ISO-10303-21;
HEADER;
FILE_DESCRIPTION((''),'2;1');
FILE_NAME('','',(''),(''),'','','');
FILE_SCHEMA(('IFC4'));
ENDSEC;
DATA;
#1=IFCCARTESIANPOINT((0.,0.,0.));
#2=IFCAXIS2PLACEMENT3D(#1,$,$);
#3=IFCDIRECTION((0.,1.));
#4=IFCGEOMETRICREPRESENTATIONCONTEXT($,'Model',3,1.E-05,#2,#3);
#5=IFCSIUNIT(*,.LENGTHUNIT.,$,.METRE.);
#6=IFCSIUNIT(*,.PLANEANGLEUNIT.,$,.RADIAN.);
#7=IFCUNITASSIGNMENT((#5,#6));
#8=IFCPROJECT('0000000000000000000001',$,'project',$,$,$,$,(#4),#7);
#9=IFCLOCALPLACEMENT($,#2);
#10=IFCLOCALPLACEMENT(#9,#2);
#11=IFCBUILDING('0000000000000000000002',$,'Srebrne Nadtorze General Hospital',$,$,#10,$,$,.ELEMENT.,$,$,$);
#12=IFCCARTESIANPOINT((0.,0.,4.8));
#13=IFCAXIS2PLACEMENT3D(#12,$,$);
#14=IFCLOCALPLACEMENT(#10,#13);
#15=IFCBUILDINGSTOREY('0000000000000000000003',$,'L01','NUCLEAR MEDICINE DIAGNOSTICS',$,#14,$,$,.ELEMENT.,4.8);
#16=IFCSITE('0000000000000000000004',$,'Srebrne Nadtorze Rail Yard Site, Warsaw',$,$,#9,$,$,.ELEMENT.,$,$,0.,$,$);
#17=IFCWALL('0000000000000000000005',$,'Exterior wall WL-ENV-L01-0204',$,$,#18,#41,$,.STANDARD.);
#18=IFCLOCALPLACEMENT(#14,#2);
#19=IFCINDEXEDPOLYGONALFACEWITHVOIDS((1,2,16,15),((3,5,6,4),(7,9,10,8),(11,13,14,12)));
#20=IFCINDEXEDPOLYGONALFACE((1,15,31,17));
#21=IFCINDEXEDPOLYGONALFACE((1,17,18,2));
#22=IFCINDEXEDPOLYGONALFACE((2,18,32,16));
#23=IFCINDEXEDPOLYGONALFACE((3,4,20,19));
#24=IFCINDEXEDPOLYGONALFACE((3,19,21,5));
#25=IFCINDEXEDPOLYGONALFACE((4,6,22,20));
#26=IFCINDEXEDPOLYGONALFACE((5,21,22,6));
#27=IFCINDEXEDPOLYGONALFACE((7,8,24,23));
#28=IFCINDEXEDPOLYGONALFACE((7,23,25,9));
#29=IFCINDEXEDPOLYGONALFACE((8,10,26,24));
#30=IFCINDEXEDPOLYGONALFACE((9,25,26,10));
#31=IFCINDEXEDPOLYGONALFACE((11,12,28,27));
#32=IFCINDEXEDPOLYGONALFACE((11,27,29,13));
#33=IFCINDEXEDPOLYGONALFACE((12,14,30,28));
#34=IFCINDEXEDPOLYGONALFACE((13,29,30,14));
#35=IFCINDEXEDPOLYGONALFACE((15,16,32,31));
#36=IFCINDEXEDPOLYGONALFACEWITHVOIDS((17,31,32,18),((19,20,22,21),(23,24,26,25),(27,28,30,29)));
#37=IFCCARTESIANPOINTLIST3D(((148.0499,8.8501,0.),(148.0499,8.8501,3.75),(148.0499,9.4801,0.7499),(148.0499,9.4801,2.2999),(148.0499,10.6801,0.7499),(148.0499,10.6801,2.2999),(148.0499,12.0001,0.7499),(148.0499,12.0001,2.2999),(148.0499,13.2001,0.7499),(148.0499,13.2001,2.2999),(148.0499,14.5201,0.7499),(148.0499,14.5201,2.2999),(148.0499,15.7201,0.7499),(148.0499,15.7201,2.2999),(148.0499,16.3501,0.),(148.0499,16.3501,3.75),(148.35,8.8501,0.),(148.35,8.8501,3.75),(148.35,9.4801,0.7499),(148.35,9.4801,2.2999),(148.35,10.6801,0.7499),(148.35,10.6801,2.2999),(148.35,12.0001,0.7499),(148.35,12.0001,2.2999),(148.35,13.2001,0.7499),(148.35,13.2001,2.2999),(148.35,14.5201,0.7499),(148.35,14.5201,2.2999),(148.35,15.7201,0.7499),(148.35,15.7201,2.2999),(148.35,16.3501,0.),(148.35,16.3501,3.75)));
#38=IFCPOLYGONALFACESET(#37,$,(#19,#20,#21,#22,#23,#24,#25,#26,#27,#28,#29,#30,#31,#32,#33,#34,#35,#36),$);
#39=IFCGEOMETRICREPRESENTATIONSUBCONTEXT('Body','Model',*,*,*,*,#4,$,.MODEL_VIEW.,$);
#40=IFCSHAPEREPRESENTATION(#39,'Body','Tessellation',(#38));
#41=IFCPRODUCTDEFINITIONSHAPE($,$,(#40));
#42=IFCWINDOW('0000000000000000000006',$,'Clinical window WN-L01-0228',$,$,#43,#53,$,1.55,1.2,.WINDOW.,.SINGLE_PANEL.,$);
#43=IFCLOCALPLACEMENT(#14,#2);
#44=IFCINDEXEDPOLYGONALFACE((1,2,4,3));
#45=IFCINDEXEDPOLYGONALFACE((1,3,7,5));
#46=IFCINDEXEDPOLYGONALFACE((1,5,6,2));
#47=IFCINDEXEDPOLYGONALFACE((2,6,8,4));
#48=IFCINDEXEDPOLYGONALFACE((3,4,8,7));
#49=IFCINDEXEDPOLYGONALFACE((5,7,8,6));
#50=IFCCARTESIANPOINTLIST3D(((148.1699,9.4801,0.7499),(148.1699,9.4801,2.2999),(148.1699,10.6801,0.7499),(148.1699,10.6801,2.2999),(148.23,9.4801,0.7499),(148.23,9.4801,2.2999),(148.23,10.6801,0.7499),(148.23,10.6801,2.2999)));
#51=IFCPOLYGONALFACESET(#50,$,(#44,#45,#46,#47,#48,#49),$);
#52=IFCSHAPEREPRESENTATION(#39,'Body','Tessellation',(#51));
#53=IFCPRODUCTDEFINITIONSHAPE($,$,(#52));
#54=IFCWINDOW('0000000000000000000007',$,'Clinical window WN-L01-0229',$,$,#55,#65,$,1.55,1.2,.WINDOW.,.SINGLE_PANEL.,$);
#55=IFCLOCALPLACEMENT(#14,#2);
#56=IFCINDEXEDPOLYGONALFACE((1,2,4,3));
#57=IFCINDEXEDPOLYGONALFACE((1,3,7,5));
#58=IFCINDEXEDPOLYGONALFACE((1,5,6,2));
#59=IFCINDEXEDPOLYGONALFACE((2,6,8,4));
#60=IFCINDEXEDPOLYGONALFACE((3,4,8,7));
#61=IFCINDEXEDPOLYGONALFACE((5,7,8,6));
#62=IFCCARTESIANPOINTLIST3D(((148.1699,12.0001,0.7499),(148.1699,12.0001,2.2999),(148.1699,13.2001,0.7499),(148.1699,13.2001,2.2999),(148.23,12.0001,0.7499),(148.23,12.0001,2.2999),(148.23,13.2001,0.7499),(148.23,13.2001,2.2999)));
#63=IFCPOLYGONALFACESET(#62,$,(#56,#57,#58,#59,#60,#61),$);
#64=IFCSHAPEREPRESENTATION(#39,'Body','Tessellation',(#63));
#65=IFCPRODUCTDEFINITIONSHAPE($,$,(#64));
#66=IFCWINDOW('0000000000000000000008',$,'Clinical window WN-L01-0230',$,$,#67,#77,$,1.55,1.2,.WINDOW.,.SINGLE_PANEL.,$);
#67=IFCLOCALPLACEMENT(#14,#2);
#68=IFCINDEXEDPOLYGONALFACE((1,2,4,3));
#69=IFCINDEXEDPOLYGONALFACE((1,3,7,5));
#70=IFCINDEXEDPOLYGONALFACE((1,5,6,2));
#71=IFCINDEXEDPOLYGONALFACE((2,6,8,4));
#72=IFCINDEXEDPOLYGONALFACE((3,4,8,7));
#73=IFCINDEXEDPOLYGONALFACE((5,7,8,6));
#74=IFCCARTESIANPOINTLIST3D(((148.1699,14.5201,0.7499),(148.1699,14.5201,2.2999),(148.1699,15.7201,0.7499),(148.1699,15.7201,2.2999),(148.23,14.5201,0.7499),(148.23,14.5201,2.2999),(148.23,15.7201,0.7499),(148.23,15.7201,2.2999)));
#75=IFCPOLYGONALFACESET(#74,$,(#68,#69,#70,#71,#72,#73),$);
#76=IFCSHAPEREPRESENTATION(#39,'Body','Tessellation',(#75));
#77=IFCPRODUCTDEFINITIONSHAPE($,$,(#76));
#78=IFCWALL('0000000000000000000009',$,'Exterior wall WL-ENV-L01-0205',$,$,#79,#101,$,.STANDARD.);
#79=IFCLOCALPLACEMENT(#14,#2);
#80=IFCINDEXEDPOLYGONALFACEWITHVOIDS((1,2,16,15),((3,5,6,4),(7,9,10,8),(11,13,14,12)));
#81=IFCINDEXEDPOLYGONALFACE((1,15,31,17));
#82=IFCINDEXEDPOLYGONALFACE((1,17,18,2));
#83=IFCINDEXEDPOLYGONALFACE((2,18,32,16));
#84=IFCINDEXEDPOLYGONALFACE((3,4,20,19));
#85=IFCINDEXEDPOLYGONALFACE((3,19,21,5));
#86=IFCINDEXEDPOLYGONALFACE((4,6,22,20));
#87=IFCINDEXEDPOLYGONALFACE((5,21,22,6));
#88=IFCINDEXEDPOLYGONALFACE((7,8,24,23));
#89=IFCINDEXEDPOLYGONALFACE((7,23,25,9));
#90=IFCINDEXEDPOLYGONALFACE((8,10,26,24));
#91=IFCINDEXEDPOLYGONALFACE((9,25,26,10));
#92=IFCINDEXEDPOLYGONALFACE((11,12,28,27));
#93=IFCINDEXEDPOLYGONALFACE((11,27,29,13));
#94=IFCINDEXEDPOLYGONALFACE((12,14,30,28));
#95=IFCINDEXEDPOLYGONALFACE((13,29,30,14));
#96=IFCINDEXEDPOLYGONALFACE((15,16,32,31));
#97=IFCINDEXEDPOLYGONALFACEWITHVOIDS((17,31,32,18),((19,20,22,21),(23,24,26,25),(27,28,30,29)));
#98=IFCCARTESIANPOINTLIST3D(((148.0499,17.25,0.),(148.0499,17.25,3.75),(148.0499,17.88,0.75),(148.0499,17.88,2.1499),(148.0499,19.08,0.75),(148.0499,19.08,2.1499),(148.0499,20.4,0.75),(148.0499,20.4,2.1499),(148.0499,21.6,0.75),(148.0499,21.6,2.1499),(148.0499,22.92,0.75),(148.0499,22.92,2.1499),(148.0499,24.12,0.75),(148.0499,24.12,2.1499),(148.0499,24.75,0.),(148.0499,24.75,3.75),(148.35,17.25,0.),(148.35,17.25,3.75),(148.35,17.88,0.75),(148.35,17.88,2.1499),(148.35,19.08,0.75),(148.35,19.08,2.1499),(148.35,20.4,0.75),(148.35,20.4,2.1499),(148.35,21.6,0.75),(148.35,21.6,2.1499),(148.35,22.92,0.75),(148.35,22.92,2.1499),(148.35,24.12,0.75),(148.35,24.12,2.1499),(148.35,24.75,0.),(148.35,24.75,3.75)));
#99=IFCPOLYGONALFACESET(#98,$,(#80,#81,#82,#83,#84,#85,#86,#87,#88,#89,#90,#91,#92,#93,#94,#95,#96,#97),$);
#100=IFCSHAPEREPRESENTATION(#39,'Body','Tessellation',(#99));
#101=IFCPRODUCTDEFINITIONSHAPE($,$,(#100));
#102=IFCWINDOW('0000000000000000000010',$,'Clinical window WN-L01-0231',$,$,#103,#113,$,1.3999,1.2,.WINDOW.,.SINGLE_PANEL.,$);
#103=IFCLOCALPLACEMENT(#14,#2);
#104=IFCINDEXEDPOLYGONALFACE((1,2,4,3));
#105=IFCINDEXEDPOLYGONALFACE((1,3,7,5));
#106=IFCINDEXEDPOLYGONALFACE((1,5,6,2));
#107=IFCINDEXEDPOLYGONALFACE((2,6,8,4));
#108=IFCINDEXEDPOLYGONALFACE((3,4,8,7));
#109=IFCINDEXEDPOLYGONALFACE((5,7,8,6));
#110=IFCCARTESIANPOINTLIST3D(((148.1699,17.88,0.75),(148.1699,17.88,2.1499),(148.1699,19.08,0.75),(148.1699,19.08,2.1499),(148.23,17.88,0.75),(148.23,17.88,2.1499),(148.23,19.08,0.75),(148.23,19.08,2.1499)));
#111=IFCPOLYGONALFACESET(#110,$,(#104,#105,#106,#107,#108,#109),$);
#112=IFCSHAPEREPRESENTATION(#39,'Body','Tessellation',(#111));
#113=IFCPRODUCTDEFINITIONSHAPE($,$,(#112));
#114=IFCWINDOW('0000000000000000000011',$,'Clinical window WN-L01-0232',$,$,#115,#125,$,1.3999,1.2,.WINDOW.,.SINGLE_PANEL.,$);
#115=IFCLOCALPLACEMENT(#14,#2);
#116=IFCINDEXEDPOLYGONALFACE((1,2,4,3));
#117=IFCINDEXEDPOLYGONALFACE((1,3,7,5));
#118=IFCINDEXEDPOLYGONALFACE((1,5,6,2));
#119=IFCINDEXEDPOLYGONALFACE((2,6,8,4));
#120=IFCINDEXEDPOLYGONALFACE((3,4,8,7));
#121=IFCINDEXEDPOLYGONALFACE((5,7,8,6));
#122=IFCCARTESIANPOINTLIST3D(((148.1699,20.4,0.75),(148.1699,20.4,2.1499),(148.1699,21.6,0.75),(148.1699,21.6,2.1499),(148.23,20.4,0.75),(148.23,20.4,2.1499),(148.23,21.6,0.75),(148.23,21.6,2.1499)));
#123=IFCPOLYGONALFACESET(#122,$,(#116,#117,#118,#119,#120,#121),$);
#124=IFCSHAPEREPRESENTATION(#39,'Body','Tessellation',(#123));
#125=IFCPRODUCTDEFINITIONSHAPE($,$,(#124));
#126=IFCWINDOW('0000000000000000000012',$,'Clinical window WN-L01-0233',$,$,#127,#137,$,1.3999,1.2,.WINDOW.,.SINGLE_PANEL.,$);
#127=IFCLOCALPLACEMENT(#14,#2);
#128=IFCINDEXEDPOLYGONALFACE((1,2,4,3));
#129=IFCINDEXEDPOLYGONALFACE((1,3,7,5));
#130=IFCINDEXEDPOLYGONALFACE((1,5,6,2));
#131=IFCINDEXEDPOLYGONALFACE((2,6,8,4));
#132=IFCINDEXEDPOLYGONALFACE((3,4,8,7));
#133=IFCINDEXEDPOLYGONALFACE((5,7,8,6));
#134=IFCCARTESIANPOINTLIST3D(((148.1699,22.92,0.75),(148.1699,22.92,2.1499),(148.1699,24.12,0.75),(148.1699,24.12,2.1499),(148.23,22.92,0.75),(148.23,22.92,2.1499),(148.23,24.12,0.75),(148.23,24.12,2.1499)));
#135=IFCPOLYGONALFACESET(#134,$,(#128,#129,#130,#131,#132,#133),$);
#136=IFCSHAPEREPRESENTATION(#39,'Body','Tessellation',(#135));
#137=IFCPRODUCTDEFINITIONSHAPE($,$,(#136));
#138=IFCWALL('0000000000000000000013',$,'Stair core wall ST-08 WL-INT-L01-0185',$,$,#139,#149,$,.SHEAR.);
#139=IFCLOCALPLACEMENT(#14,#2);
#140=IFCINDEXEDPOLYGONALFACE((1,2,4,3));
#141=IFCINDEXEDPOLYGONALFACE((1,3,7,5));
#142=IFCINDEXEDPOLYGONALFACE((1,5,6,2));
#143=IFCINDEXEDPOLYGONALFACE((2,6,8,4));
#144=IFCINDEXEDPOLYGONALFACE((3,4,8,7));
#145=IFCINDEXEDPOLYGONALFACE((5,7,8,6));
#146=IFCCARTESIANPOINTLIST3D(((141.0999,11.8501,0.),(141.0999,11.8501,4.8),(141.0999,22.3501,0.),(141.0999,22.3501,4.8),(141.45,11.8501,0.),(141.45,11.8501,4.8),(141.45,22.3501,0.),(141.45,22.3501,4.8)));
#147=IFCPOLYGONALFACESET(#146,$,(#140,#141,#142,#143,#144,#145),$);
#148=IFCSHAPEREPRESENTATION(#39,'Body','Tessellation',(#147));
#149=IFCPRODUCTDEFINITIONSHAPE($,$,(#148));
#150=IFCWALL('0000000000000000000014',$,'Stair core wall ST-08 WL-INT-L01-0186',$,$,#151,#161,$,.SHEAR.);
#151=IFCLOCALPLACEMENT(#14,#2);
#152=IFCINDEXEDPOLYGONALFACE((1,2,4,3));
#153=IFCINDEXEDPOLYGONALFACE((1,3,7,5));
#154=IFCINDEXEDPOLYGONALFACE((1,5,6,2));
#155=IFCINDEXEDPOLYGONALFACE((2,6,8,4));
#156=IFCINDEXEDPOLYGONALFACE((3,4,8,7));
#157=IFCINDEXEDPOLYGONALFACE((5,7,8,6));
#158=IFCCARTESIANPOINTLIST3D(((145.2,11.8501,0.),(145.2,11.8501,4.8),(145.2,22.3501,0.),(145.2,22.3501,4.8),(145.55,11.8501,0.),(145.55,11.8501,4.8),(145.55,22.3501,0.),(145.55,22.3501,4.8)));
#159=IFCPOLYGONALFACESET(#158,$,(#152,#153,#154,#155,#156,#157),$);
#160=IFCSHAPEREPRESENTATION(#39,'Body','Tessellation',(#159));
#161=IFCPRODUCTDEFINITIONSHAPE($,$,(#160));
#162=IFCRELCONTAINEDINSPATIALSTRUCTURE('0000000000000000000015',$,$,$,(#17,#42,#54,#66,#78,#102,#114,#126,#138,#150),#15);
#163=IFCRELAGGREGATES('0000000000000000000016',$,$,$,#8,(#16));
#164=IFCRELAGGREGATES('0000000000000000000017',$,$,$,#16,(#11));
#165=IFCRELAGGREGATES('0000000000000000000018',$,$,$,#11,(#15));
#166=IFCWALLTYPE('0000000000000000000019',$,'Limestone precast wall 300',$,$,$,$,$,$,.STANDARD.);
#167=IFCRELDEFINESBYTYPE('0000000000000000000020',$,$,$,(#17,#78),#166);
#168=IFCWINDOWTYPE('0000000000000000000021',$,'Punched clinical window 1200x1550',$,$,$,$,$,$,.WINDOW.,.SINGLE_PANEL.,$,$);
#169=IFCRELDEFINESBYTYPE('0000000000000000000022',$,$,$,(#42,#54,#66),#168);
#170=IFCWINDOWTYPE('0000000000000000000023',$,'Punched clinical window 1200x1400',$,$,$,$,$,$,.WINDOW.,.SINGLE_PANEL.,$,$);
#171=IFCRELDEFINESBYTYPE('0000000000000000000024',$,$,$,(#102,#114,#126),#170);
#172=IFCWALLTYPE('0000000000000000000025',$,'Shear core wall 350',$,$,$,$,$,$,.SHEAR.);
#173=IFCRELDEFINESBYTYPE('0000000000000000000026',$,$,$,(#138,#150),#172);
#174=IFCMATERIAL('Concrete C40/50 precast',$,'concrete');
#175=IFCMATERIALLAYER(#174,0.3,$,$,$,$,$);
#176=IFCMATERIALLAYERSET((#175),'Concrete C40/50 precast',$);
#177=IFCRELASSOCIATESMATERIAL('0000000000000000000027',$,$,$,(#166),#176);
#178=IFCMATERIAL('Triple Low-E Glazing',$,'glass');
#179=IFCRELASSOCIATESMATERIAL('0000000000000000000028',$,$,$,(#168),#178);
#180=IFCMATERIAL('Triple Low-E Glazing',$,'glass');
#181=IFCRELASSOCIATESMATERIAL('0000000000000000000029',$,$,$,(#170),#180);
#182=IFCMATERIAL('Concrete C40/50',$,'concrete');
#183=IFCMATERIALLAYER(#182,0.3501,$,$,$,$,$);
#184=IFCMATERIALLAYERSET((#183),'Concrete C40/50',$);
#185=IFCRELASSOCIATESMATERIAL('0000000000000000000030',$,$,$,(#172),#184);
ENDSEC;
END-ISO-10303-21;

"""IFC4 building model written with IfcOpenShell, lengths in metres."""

from ifc_helpers import new_model, si_unit, direction, frame, frame_2d, origin, place, context, subcontext, project, spatial, rectangle, extrude, material, layer, layer_set, type_object, element, fill, save


model = new_model("IFC4")

# Units and contexts
model_context = context("Model", 3, precision=1e-05, world=origin(), true_north=direction((0.0, 1.0)))
body_context = subcontext(model_context, "Body", "Model", "MODEL_VIEW")
ifc_project = project(units=[si_unit("LENGTHUNIT", "METRE"), si_unit("PLANEANGLEUNIT", "RADIAN")], contexts=[model_context])

# Site, building, storey
site_placement = place(None, origin())
site = spatial("IfcSite", under=ifc_project, at=site_placement, Name="Srebrne Nadtorze Rail Yard Site, Warsaw", CompositionType="ELEMENT", RefElevation=0.0)
building_placement = place(site_placement, origin())
building = spatial("IfcBuilding", under=site, at=building_placement, Name="Srebrne Nadtorze General Hospital", CompositionType="ELEMENT")
storey_placement = place(building_placement, frame((0.0, 0.0, 4.8)))
storey = spatial("IfcBuildingStorey", under=building, at=storey_placement, Name="L01", Description="NUCLEAR MEDICINE DIAGNOSTICS", CompositionType="ELEMENT", Elevation=4.8)

# Walls, openings, windows
ifc_material_1 = material(Name="Concrete C40/50 precast", Category="concrete")
ifc_layer_1 = layer(ifc_material_1, 0.3)
ifc_layer_set_1 = layer_set([ifc_layer_1], Name="Concrete C40/50 precast")
wall_type_1 = type_object("IfcWallType", Name="Limestone precast wall 300", PredefinedType="STANDARD", material=ifc_layer_set_1)
wall_1_placement = place(storey_placement, frame((148.2, 8.8501, 0.0), z_axis=(0.0, 0.0, 1.0), x_axis=(0.0, 1.0, 0.0)))
wall_1 = element("IfcWall", 1, at=wall_1_placement, inside=storey, type_object=wall_type_1, Name="Exterior wall WL-ENV-L01-0204", PredefinedType="STANDARD", context=body_context, shape_type="SweptSolid", body=[
    extrude(rectangle(XDim=7.5, YDim=0.3, at=frame_2d((3.75, 0.0))), origin(), (0.0, 0.0, 1.0), 3.75),
])
opening_1_placement = place(wall_1_placement, frame((0.6299, 0.0, 0.75)))
opening_1 = element("IfcOpeningElement", 2, at=opening_1_placement, cuts=wall_1, PredefinedType="OPENING", context=body_context, shape_type="SweptSolid", body=[
    extrude(rectangle(XDim=1.2, YDim=1.55, at=frame_2d((0.6001, 0.7749))), frame((0.0, 0.1621, 0.0), z_axis=(0.0, -1.0, 0.0), x_axis=(1.0, 0.0, 0.0)), (0.0, 0.0, 1.0), 0.324),
])
opening_2_placement = place(wall_1_placement, frame((3.1499, 0.0, 0.75)))
opening_2 = element("IfcOpeningElement", 3, at=opening_2_placement, cuts=wall_1, PredefinedType="OPENING", context=body_context, shape_type="SweptSolid", body=[
    extrude(rectangle(XDim=1.2, YDim=1.55, at=frame_2d((0.6001, 0.7749))), frame((0.0, 0.1621, 0.0), z_axis=(0.0, -1.0, 0.0), x_axis=(1.0, 0.0, 0.0)), (0.0, 0.0, 1.0), 0.324),
])
opening_3_placement = place(wall_1_placement, frame((5.6699, 0.0, 0.75)))
opening_3 = element("IfcOpeningElement", 4, at=opening_3_placement, cuts=wall_1, PredefinedType="OPENING", context=body_context, shape_type="SweptSolid", body=[
    extrude(rectangle(XDim=1.2, YDim=1.55, at=frame_2d((0.6001, 0.7749))), frame((0.0, 0.1621, 0.0), z_axis=(0.0, -1.0, 0.0), x_axis=(1.0, 0.0, 0.0)), (0.0, 0.0, 1.0), 0.324),
])
ifc_material_2 = material(Name="Triple Low-E Glazing", Category="glass")
window_type_1 = type_object("IfcWindowType", Name="Punched clinical window 1200x1550", PartitioningType="SINGLE_PANEL", PredefinedType="WINDOW", material=ifc_material_2)
window_1_placement = place(opening_1_placement, origin())
window_1 = element("IfcWindow", 5, at=window_1_placement, inside=storey, type_object=window_type_1, Name="Clinical window WN-L01-0228", OverallHeight=1.55, OverallWidth=1.2, PartitioningType="SINGLE_PANEL", PredefinedType="WINDOW", context=body_context, shape_type="SweptSolid", body=[
    extrude(rectangle(XDim=1.2, YDim=1.55, at=frame_2d((0.6001, 0.7749))), frame((0.0, 0.03, 0.0), z_axis=(0.0, -1.0, 0.0), x_axis=(1.0, 0.0, 0.0)), (0.0, 0.0, 1.0), 0.0601),
])
fill(opening_1, window_1)
window_2_placement = place(opening_2_placement, origin())
window_2 = element("IfcWindow", 6, at=window_2_placement, inside=storey, type_object=window_type_1, Name="Clinical window WN-L01-0229", OverallHeight=1.55, OverallWidth=1.2, PartitioningType="SINGLE_PANEL", PredefinedType="WINDOW", context=body_context, shape_type="SweptSolid", body=[
    extrude(rectangle(XDim=1.2, YDim=1.55, at=frame_2d((0.6001, 0.7749))), frame((0.0, 0.03, 0.0), z_axis=(0.0, -1.0, 0.0), x_axis=(1.0, 0.0, 0.0)), (0.0, 0.0, 1.0), 0.0601),
])
fill(opening_2, window_2)
window_3_placement = place(opening_3_placement, origin())
window_3 = element("IfcWindow", 7, at=window_3_placement, inside=storey, type_object=window_type_1, Name="Clinical window WN-L01-0230", OverallHeight=1.55, OverallWidth=1.2, PartitioningType="SINGLE_PANEL", PredefinedType="WINDOW", context=body_context, shape_type="SweptSolid", body=[
    extrude(rectangle(XDim=1.2, YDim=1.55, at=frame_2d((0.6001, 0.7749))), frame((0.0, 0.03, 0.0), z_axis=(0.0, -1.0, 0.0), x_axis=(1.0, 0.0, 0.0)), (0.0, 0.0, 1.0), 0.0601),
])
fill(opening_3, window_3)
wall_2_placement = place(storey_placement, frame((148.2, 17.25, 0.0), z_axis=(0.0, 0.0, 1.0), x_axis=(0.0, 1.0, 0.0)))
wall_2 = element("IfcWall", 8, at=wall_2_placement, inside=storey, type_object=wall_type_1, Name="Exterior wall WL-ENV-L01-0205", PredefinedType="STANDARD", context=body_context, shape_type="SweptSolid", body=[
    extrude(rectangle(XDim=7.5, YDim=0.3, at=frame_2d((3.75, 0.0))), origin(), (0.0, 0.0, 1.0), 3.75),
])
opening_4_placement = place(wall_2_placement, frame((0.6299, 0.0, 0.75)))
opening_4 = element("IfcOpeningElement", 9, at=opening_4_placement, cuts=wall_2, PredefinedType="OPENING", context=body_context, shape_type="SweptSolid", body=[
    extrude(rectangle(XDim=1.2, YDim=1.3999, at=frame_2d((0.6001, 0.7))), frame((0.0, 0.1621, 0.0), z_axis=(0.0, -1.0, 0.0), x_axis=(1.0, 0.0, 0.0)), (0.0, 0.0, 1.0), 0.324),
])
opening_5_placement = place(wall_2_placement, frame((3.1499, 0.0, 0.75)))
opening_5 = element("IfcOpeningElement", 10, at=opening_5_placement, cuts=wall_2, PredefinedType="OPENING", context=body_context, shape_type="SweptSolid", body=[
    extrude(rectangle(XDim=1.2, YDim=1.3999, at=frame_2d((0.6001, 0.7))), frame((0.0, 0.1621, 0.0), z_axis=(0.0, -1.0, 0.0), x_axis=(1.0, 0.0, 0.0)), (0.0, 0.0, 1.0), 0.324),
])
opening_6_placement = place(wall_2_placement, frame((5.6699, 0.0, 0.75)))
opening_6 = element("IfcOpeningElement", 11, at=opening_6_placement, cuts=wall_2, PredefinedType="OPENING", context=body_context, shape_type="SweptSolid", body=[
    extrude(rectangle(XDim=1.2, YDim=1.3999, at=frame_2d((0.6001, 0.7))), frame((0.0, 0.1621, 0.0), z_axis=(0.0, -1.0, 0.0), x_axis=(1.0, 0.0, 0.0)), (0.0, 0.0, 1.0), 0.324),
])
ifc_material_3 = material(Name="Triple Low-E Glazing", Category="glass")
window_type_2 = type_object("IfcWindowType", Name="Punched clinical window 1200x1400", PartitioningType="SINGLE_PANEL", PredefinedType="WINDOW", material=ifc_material_3)
window_4_placement = place(opening_4_placement, origin())
window_4 = element("IfcWindow", 12, at=window_4_placement, inside=storey, type_object=window_type_2, Name="Clinical window WN-L01-0231", OverallHeight=1.3999, OverallWidth=1.2, PartitioningType="SINGLE_PANEL", PredefinedType="WINDOW", context=body_context, shape_type="SweptSolid", body=[
    extrude(rectangle(XDim=1.2, YDim=1.3999, at=frame_2d((0.6001, 0.7))), frame((0.0, 0.03, 0.0), z_axis=(0.0, -1.0, 0.0), x_axis=(1.0, 0.0, 0.0)), (0.0, 0.0, 1.0), 0.0601),
])
fill(opening_4, window_4)
window_5_placement = place(opening_5_placement, origin())
window_5 = element("IfcWindow", 13, at=window_5_placement, inside=storey, type_object=window_type_2, Name="Clinical window WN-L01-0232", OverallHeight=1.3999, OverallWidth=1.2, PartitioningType="SINGLE_PANEL", PredefinedType="WINDOW", context=body_context, shape_type="SweptSolid", body=[
    extrude(rectangle(XDim=1.2, YDim=1.3999, at=frame_2d((0.6001, 0.7))), frame((0.0, 0.03, 0.0), z_axis=(0.0, -1.0, 0.0), x_axis=(1.0, 0.0, 0.0)), (0.0, 0.0, 1.0), 0.0601),
])
fill(opening_5, window_5)
window_6_placement = place(opening_6_placement, origin())
window_6 = element("IfcWindow", 14, at=window_6_placement, inside=storey, type_object=window_type_2, Name="Clinical window WN-L01-0233", OverallHeight=1.3999, OverallWidth=1.2, PartitioningType="SINGLE_PANEL", PredefinedType="WINDOW", context=body_context, shape_type="SweptSolid", body=[
    extrude(rectangle(XDim=1.2, YDim=1.3999, at=frame_2d((0.6001, 0.7))), frame((0.0, 0.03, 0.0), z_axis=(0.0, -1.0, 0.0), x_axis=(1.0, 0.0, 0.0)), (0.0, 0.0, 1.0), 0.0601),
])
fill(opening_6, window_6)

# Walls
ifc_material_4 = material(Name="Concrete C40/50", Category="concrete")
ifc_layer_2 = layer(ifc_material_4, 0.3501)
ifc_layer_set_2 = layer_set([ifc_layer_2], Name="Concrete C40/50")
wall_type_2 = type_object("IfcWallType", Name="Shear core wall 350", PredefinedType="SHEAR", material=ifc_layer_set_2)
for number, where, z_axis, x_axis, name in (
    (15, (141.2749, 11.8501, 0.0), (0.0, 0.0, 1.0), (0.0, 1.0, 0.0), "Stair core wall ST-08 WL-INT-L01-0185"),
    (16, (145.375, 11.8501, 0.0), (0.0, 0.0, 1.0), (0.0, 1.0, 0.0), "Stair core wall ST-08 WL-INT-L01-0186"),
):
    element("IfcWall", number, at=place(storey_placement, frame(where, z_axis=z_axis, x_axis=x_axis)), inside=storey, type_object=wall_type_2, Name=name, PredefinedType="SHEAR", context=body_context, shape_type="SweptSolid", body=[
        extrude(rectangle(XDim=10.5, YDim=0.3501, at=frame_2d((5.25, 0.0))), origin(), (0.0, 0.0, 1.0), 4.8),
    ])

save(model, "model.ifc")
